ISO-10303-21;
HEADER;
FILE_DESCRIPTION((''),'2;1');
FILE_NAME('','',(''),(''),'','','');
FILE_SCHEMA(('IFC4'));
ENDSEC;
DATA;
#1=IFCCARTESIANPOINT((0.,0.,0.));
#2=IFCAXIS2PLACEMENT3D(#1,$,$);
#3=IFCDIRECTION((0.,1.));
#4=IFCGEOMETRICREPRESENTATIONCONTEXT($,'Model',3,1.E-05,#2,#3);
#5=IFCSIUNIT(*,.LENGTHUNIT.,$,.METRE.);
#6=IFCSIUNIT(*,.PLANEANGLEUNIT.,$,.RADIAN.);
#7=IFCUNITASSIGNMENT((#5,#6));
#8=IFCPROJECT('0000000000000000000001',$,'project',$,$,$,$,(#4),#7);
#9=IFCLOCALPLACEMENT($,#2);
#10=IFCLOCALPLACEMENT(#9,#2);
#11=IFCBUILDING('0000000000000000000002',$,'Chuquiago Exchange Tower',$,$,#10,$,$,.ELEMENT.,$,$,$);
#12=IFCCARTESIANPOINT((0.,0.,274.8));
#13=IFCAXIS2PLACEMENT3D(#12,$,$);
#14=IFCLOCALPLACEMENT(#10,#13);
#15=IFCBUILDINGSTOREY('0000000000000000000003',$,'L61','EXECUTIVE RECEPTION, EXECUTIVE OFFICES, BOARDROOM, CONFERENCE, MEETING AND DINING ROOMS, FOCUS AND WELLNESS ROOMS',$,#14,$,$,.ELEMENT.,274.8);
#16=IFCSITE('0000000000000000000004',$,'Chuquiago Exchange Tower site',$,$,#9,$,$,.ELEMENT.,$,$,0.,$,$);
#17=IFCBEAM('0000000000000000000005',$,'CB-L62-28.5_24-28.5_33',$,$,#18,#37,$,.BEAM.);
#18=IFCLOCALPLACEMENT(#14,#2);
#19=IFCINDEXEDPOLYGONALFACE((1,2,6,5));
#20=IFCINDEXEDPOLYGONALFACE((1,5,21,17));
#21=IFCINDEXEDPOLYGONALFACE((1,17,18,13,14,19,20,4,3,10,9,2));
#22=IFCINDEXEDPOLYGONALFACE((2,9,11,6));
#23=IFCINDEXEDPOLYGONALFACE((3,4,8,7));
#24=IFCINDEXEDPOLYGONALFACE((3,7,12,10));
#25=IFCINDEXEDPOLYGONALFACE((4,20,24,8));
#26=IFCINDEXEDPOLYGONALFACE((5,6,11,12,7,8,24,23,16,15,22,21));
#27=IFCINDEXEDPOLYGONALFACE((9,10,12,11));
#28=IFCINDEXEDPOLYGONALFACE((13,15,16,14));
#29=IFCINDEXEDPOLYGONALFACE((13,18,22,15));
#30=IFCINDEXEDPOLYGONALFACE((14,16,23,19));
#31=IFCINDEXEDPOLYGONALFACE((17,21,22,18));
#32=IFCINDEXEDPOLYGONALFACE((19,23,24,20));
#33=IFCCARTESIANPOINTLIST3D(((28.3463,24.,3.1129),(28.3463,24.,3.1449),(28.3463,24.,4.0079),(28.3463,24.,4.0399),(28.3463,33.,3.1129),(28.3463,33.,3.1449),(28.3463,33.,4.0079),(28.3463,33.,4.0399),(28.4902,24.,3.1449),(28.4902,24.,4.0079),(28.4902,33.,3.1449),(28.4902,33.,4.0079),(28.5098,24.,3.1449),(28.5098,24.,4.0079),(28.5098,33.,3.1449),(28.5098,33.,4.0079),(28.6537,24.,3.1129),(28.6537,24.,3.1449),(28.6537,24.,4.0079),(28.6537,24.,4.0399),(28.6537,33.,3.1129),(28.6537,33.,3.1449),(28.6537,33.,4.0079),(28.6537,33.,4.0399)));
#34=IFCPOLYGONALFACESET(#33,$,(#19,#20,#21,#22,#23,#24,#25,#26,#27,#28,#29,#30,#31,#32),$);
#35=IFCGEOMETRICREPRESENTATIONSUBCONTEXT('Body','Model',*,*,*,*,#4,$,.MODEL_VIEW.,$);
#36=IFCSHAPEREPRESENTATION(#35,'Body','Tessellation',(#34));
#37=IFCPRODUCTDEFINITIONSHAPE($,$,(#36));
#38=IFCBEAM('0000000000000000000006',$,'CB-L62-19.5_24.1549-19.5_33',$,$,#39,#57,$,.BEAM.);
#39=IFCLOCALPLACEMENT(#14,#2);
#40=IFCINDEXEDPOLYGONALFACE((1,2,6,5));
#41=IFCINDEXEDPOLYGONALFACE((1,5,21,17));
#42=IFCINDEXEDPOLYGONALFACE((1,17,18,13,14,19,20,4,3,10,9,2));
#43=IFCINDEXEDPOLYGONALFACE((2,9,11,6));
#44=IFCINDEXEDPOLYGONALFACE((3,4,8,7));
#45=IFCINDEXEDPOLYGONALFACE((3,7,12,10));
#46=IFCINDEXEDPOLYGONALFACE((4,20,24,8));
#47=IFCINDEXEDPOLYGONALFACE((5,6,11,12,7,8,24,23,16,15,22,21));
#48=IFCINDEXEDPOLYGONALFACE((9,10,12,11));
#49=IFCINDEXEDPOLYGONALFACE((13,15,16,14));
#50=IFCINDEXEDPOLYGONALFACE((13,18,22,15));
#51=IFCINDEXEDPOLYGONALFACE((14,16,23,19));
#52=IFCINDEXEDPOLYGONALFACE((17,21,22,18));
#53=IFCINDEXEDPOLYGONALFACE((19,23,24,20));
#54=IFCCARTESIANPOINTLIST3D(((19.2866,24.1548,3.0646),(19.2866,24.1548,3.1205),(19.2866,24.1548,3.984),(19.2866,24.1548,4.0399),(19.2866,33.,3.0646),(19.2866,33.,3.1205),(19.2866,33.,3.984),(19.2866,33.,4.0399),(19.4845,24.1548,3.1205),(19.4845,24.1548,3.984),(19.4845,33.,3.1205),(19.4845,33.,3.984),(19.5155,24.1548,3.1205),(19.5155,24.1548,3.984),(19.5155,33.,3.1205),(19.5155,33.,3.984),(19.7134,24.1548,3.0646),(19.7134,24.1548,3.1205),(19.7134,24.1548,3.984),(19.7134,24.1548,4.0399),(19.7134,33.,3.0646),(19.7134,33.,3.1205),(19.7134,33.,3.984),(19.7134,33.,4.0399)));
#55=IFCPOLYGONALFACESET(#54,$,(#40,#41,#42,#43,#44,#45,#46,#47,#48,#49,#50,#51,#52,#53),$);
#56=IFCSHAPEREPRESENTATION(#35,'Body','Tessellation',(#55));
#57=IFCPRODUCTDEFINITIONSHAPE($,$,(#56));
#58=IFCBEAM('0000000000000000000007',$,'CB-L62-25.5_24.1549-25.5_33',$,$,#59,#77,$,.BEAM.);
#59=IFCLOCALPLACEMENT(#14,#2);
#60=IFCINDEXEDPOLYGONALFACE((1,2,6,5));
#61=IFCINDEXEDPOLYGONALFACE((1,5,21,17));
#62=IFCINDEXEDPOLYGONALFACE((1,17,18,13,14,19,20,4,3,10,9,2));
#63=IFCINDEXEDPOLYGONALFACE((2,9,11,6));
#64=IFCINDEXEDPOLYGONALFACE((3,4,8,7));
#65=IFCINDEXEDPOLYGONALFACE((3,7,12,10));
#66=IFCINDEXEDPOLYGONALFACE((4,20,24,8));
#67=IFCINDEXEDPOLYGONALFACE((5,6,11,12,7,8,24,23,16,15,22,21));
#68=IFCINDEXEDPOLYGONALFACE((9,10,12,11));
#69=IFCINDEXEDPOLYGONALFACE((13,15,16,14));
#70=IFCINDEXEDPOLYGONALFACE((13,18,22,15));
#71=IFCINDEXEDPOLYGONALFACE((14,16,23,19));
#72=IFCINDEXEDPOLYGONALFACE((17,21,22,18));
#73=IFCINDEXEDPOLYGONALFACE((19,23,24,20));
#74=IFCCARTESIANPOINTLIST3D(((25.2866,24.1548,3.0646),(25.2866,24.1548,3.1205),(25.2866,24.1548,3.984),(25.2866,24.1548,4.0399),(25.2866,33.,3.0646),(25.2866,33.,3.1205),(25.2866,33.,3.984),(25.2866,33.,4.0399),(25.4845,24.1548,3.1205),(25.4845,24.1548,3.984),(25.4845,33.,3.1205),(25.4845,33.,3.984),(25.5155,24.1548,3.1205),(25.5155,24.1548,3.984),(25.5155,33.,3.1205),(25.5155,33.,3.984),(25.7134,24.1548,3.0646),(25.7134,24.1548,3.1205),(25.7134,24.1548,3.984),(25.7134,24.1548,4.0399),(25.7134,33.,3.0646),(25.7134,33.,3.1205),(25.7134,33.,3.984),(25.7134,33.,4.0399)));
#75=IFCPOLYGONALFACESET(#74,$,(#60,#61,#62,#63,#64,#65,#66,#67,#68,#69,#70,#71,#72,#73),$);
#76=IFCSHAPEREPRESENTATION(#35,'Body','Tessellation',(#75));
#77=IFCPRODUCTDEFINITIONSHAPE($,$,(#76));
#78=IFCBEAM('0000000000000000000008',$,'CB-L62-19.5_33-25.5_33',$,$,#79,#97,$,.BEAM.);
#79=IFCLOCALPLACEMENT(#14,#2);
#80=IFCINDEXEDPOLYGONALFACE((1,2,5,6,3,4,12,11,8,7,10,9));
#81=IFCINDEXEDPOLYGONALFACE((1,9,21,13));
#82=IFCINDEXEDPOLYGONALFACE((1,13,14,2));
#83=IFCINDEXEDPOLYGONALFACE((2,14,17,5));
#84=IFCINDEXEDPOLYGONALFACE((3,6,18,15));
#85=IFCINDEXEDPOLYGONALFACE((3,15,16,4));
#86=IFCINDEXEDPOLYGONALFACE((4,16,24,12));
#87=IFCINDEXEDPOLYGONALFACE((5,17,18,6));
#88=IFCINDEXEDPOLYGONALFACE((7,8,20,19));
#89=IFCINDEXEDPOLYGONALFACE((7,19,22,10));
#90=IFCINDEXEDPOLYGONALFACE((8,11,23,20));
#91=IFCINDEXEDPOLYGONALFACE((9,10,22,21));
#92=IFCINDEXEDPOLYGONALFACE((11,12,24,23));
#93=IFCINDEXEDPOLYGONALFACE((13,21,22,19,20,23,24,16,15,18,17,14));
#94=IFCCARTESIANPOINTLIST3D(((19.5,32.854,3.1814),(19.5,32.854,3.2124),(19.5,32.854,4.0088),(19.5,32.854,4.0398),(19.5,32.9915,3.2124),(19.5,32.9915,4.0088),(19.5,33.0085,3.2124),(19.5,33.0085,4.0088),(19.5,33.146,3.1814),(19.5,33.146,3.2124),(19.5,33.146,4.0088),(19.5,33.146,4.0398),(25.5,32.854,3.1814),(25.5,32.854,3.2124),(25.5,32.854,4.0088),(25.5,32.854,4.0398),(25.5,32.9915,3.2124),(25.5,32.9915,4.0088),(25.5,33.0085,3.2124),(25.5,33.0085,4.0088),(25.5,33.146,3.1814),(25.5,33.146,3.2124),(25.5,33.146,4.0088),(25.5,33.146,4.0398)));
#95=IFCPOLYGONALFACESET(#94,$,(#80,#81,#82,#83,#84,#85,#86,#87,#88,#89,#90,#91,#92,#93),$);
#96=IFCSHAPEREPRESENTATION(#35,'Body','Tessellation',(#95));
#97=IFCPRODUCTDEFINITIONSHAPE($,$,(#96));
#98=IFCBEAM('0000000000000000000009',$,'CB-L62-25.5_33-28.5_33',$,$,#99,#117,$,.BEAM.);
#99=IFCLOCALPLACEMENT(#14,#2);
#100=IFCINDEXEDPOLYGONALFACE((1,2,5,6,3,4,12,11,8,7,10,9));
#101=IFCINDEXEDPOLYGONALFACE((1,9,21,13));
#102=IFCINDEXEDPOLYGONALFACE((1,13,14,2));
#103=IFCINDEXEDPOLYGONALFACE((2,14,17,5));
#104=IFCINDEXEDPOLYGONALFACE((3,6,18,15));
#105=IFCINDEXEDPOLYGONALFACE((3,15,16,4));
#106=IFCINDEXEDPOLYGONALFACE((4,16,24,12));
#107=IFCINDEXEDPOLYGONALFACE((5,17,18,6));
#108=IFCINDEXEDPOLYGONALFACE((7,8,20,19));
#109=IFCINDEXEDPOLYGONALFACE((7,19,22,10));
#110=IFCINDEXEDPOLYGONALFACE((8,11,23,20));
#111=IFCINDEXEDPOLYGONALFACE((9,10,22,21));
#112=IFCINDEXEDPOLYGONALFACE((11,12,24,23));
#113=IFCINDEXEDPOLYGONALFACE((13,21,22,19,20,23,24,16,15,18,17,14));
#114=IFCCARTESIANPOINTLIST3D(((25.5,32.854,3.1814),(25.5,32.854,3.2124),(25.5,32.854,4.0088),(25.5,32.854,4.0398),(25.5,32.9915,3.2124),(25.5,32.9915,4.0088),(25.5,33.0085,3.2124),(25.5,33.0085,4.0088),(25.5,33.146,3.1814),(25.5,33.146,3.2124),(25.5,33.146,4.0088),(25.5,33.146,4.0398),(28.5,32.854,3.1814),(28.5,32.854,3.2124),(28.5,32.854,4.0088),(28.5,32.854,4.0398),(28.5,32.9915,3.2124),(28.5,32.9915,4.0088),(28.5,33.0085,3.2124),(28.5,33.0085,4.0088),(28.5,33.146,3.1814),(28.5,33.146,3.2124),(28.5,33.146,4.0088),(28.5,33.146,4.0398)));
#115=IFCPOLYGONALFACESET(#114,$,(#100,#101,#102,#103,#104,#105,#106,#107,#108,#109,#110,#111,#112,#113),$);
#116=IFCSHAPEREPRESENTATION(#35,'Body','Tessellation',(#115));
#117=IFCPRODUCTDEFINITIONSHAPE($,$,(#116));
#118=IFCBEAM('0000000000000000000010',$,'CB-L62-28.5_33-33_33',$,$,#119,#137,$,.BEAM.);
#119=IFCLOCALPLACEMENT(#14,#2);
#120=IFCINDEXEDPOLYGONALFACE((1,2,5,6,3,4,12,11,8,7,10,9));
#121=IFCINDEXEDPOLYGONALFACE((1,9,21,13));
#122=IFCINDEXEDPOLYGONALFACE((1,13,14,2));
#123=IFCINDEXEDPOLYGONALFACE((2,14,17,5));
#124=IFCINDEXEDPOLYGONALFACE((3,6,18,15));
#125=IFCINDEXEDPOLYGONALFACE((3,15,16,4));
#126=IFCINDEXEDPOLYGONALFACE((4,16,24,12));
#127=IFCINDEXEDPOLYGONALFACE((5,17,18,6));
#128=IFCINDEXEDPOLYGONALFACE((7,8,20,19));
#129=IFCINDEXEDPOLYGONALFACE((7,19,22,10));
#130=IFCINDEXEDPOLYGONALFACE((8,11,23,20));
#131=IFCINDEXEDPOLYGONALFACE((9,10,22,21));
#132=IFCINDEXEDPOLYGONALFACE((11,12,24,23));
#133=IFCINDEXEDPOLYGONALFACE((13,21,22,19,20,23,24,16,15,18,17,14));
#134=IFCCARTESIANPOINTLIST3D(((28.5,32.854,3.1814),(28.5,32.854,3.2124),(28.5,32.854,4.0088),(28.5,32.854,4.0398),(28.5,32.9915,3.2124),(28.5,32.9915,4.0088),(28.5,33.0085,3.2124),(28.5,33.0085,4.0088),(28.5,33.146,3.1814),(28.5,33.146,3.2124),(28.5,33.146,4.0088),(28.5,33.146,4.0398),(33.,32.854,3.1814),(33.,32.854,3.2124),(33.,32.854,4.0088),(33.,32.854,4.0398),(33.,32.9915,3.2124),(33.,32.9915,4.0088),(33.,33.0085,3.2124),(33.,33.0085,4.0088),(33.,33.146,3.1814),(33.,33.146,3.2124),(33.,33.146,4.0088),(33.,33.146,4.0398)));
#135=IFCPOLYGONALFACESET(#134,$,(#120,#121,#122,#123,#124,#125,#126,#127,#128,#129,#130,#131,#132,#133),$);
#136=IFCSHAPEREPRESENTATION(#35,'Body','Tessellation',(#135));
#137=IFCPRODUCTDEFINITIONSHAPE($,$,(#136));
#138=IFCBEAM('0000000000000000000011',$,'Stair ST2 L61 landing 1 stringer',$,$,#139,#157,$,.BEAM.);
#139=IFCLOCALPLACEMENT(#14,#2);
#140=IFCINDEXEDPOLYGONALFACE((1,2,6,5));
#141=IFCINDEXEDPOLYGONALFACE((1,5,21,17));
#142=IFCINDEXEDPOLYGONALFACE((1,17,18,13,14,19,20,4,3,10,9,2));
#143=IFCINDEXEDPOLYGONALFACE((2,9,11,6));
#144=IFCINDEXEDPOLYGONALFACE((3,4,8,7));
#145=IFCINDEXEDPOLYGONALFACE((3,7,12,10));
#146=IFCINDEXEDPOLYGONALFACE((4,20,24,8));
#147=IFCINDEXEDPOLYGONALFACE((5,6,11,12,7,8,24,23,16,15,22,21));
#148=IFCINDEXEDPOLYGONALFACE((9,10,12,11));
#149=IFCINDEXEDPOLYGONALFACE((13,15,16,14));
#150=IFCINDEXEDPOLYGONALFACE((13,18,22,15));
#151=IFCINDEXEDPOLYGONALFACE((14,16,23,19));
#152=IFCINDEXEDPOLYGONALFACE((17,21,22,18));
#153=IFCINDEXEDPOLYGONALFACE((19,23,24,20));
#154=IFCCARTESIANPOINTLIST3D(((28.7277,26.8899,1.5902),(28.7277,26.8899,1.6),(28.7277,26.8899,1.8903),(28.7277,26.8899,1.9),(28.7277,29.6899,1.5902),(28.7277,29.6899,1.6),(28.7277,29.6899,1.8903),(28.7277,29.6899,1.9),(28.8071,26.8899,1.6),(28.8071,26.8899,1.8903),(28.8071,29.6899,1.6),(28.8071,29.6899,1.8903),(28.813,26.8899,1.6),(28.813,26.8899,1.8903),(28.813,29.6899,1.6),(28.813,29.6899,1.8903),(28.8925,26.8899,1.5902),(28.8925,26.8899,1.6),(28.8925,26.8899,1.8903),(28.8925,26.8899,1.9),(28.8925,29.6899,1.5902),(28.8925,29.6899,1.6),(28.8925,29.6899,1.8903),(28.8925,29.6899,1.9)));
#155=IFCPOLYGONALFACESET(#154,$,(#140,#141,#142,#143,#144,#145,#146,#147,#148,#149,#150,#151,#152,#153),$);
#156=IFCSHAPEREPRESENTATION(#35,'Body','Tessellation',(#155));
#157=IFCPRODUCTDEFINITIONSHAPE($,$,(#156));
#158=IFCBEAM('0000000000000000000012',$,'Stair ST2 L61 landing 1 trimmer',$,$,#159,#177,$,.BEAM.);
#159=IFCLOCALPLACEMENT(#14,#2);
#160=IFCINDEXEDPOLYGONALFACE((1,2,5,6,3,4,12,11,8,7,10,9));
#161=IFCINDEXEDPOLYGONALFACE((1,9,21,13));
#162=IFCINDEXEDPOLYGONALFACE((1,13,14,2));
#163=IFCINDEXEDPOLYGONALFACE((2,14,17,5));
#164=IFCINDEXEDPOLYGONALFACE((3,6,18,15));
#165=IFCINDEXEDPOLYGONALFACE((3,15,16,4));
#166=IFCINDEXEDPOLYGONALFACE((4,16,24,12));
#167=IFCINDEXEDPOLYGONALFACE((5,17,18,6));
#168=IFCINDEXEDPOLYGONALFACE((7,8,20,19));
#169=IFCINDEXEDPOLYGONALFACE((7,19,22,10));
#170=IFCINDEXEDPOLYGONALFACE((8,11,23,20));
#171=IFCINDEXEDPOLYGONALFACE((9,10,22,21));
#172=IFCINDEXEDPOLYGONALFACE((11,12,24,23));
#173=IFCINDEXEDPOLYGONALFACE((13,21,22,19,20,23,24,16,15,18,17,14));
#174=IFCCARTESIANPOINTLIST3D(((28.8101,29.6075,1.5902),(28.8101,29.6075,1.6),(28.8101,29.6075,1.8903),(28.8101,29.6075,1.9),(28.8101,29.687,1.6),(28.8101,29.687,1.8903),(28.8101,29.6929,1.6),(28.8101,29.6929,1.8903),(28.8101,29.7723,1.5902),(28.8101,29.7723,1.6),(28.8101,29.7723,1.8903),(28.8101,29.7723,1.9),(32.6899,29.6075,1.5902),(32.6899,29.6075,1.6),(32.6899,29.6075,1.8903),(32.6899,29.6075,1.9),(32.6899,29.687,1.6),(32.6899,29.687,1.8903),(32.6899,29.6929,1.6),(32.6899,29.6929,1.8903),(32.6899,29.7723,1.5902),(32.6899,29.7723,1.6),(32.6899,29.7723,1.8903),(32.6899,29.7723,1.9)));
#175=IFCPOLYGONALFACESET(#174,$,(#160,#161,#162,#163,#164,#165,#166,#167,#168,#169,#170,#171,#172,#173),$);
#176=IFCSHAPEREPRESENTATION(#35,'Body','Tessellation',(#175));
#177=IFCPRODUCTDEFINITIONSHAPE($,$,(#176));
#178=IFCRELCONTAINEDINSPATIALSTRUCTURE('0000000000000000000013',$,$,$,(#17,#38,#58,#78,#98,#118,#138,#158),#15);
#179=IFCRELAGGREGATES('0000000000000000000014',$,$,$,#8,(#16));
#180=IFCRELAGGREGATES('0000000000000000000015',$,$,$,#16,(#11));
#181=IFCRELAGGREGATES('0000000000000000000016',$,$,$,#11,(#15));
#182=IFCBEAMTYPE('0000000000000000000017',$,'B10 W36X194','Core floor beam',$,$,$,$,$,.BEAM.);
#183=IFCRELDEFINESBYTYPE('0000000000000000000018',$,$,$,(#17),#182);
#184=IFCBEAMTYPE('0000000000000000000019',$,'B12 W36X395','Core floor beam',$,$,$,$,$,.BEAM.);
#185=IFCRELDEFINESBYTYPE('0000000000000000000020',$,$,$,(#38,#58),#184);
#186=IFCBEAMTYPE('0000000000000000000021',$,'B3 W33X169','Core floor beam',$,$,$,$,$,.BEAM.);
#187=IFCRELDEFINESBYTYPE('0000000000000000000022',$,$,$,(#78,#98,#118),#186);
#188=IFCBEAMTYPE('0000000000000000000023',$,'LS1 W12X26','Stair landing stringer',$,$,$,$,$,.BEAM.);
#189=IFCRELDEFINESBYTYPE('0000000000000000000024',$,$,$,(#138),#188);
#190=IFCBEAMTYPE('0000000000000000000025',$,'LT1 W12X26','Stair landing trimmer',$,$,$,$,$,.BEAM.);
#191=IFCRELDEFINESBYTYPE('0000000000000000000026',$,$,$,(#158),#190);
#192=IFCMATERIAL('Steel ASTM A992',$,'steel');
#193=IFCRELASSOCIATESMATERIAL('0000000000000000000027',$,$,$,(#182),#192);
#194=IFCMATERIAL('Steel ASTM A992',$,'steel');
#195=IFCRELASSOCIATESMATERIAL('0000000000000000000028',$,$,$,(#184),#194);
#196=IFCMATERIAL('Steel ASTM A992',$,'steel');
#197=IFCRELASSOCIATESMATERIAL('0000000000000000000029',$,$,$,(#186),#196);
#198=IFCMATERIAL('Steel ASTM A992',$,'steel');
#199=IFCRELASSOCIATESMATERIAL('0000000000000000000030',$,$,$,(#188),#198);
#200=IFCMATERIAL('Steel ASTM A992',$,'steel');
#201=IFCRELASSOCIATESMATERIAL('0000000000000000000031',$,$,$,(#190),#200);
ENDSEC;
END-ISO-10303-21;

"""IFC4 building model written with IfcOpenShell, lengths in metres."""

from ifc_helpers import new_model, si_unit, direction, frame, origin, origin_2d, place, context, subcontext, project, spatial, i_section, extrude, material, material_profile, profile_set, type_object, element, save


model = new_model("IFC4")

# Units and contexts
model_context = context("Model", 3, precision=1e-05, world=origin(), true_north=direction((0.0, 1.0)))
body_context = subcontext(model_context, "Body", "Model", "MODEL_VIEW")
ifc_project = project(units=[si_unit("LENGTHUNIT", "METRE"), si_unit("PLANEANGLEUNIT", "RADIAN")], contexts=[model_context])

# Site, building, storey
site_placement = place(None, origin())
site = spatial("IfcSite", under=ifc_project, at=site_placement, Name="Chuquiago Exchange Tower site", CompositionType="ELEMENT", RefElevation=0.0)
building_placement = place(site_placement, origin())
building = spatial("IfcBuilding", under=site, at=building_placement, Name="Chuquiago Exchange Tower", CompositionType="ELEMENT")
storey_placement = place(building_placement, frame((0.0, 0.0, 274.8)))
storey = spatial("IfcBuildingStorey", under=building, at=storey_placement, Name="L61", Description="EXECUTIVE RECEPTION, EXECUTIVE OFFICES, BOARDROOM, CONFERENCE, MEETING AND DINING ROOMS, FOCUS AND WELLNESS ROOMS", CompositionType="ELEMENT", Elevation=274.8)

# Beams
ifc_material_1 = material(Name="Steel ASTM A992", Category="steel")
ifc_material_profile_1 = material_profile(ifc_material_1, i_section(OverallWidth=0.3074, OverallDepth=0.927, WebThickness=0.0195, FlangeThickness=0.032, at=origin_2d()), Name="W36X194")
ifc_profile_set_1 = profile_set([ifc_material_profile_1], Name="Steel ASTM A992")
beam_type_1 = type_object("IfcBeamType", Name="B10 W36X194", Description="Core floor beam", PredefinedType="BEAM", material=ifc_profile_set_1)
beam_1_placement = place(storey_placement, frame((28.5, 24.0, 3.5764), z_axis=(0.0, 1.0, 0.0), x_axis=(-1.0, 0.0, 0.0)))
element("IfcBeam", 1, at=beam_1_placement, inside=storey, type_object=beam_type_1, Name="CB-L62-28.5_24-28.5_33", PredefinedType="BEAM", context=body_context, shape_type="SweptSolid", body=[
    extrude(i_section(OverallWidth=0.3074, OverallDepth=0.927, WebThickness=0.0195, FlangeThickness=0.032, at=origin_2d()), origin(), (0.0, 0.0, 1.0), 9.0),
])
ifc_material_2 = material(Name="Steel ASTM A992", Category="steel")
ifc_material_profile_2 = material_profile(ifc_material_2, i_section(OverallWidth=0.4268, OverallDepth=0.9753, WebThickness=0.031, FlangeThickness=0.0559, at=origin_2d()), Name="W36X395")
ifc_profile_set_2 = profile_set([ifc_material_profile_2], Name="Steel ASTM A992")
beam_type_2 = type_object("IfcBeamType", Name="B12 W36X395", Description="Core floor beam", PredefinedType="BEAM", material=ifc_profile_set_2)
for number, where, z_axis, x_axis, name in (
    (2, (19.5, 24.1548, 3.5522), (0.0, 1.0, 0.0), (-1.0, 0.0, 0.0), "CB-L62-19.5_24.1549-19.5_33"),
    (3, (25.5, 24.1548, 3.5522), (0.0, 1.0, 0.0), (-1.0, 0.0, 0.0), "CB-L62-25.5_24.1549-25.5_33"),
):
    element("IfcBeam", number, at=place(storey_placement, frame(where, z_axis=z_axis, x_axis=x_axis)), inside=storey, type_object=beam_type_2, Name=name, PredefinedType="BEAM", context=body_context, shape_type="SweptSolid", body=[
        extrude(i_section(OverallWidth=0.4268, OverallDepth=0.9753, WebThickness=0.031, FlangeThickness=0.0559, at=origin_2d()), origin(), (0.0, 0.0, 1.0), 8.8452),
    ])
ifc_material_3 = material(Name="Steel ASTM A992", Category="steel")
ifc_material_profile_3 = material_profile(ifc_material_3, i_section(OverallWidth=0.292, OverallDepth=0.8584, WebThickness=0.0171, FlangeThickness=0.031, at=origin_2d()), Name="W33X169")
ifc_profile_set_3 = profile_set([ifc_material_profile_3], Name="Steel ASTM A992")
beam_type_3 = type_object("IfcBeamType", Name="B3 W33X169", Description="Core floor beam", PredefinedType="BEAM", material=ifc_profile_set_3)
beam_2_placement = place(storey_placement, frame((19.5, 33.0, 3.6106), z_axis=(1.0, 0.0, 0.0), x_axis=(0.0, 1.0, 0.0)))
element("IfcBeam", 4, at=beam_2_placement, inside=storey, type_object=beam_type_3, Name="CB-L62-19.5_33-25.5_33", PredefinedType="BEAM", context=body_context, shape_type="SweptSolid", body=[
    extrude(i_section(OverallWidth=0.292, OverallDepth=0.8584, WebThickness=0.0171, FlangeThickness=0.031, at=origin_2d()), origin(), (0.0, 0.0, 1.0), 6.0),
])
beam_3_placement = place(storey_placement, frame((25.5, 33.0, 3.6106), z_axis=(1.0, 0.0, 0.0), x_axis=(0.0, 1.0, 0.0)))
element("IfcBeam", 5, at=beam_3_placement, inside=storey, type_object=beam_type_3, Name="CB-L62-25.5_33-28.5_33", PredefinedType="BEAM", context=body_context, shape_type="SweptSolid", body=[
    extrude(i_section(OverallWidth=0.292, OverallDepth=0.8584, WebThickness=0.0171, FlangeThickness=0.031, at=origin_2d()), origin(), (0.0, 0.0, 1.0), 3.0),
])
beam_4_placement = place(storey_placement, frame((28.5, 33.0, 3.6106), z_axis=(1.0, 0.0, 0.0), x_axis=(0.0, 1.0, 0.0)))
element("IfcBeam", 6, at=beam_4_placement, inside=storey, type_object=beam_type_3, Name="CB-L62-28.5_33-33_33", PredefinedType="BEAM", context=body_context, shape_type="SweptSolid", body=[
    extrude(i_section(OverallWidth=0.292, OverallDepth=0.8584, WebThickness=0.0171, FlangeThickness=0.031, at=origin_2d()), origin(), (0.0, 0.0, 1.0), 4.5),
])
ifc_material_4 = material(Name="Steel ASTM A992", Category="steel")
ifc_material_profile_4 = material_profile(ifc_material_4, i_section(OverallWidth=0.1648, OverallDepth=0.3098, WebThickness=0.0059, FlangeThickness=0.0098, at=origin_2d()), Name="W12X26")
ifc_profile_set_4 = profile_set([ifc_material_profile_4], Name="Steel ASTM A992")
beam_type_4 = type_object("IfcBeamType", Name="LS1 W12X26", Description="Stair landing stringer", PredefinedType="BEAM", material=ifc_profile_set_4)
beam_5_placement = place(storey_placement, frame((28.8101, 26.8899, 1.7451), z_axis=(0.0, 1.0, 0.0), x_axis=(-1.0, 0.0, 0.0)))
element("IfcBeam", 7, at=beam_5_placement, inside=storey, type_object=beam_type_4, Name="Stair ST2 L61 landing 1 stringer", PredefinedType="BEAM", context=body_context, shape_type="SweptSolid", body=[
    extrude(i_section(OverallWidth=0.1648, OverallDepth=0.3098, WebThickness=0.0059, FlangeThickness=0.0098, at=origin_2d()), origin(), (0.0, 0.0, 1.0), 2.8),
])
ifc_material_5 = material(Name="Steel ASTM A992", Category="steel")
ifc_material_profile_5 = material_profile(ifc_material_5, i_section(OverallWidth=0.1648, OverallDepth=0.3098, WebThickness=0.0059, FlangeThickness=0.0098, at=origin_2d()), Name="W12X26")
ifc_profile_set_5 = profile_set([ifc_material_profile_5], Name="Steel ASTM A992")
beam_type_5 = type_object("IfcBeamType", Name="LT1 W12X26", Description="Stair landing trimmer", PredefinedType="BEAM", material=ifc_profile_set_5)
for number, where, z_axis, x_axis, name in (
    (8, (28.8101, 29.6899, 1.7451), (1.0, 0.0, 0.0), (0.0, 1.0, 0.0), "Stair ST2 L61 landing 1 trimmer"),
):
    element("IfcBeam", number, at=place(storey_placement, frame(where, z_axis=z_axis, x_axis=x_axis)), inside=storey, type_object=beam_type_5, Name=name, PredefinedType="BEAM", context=body_context, shape_type="SweptSolid", body=[
        extrude(i_section(OverallWidth=0.1648, OverallDepth=0.3098, WebThickness=0.0059, FlangeThickness=0.0098, at=origin_2d()), origin(), (0.0, 0.0, 1.0), 3.8799),
    ])

save(model, "model.ifc")
